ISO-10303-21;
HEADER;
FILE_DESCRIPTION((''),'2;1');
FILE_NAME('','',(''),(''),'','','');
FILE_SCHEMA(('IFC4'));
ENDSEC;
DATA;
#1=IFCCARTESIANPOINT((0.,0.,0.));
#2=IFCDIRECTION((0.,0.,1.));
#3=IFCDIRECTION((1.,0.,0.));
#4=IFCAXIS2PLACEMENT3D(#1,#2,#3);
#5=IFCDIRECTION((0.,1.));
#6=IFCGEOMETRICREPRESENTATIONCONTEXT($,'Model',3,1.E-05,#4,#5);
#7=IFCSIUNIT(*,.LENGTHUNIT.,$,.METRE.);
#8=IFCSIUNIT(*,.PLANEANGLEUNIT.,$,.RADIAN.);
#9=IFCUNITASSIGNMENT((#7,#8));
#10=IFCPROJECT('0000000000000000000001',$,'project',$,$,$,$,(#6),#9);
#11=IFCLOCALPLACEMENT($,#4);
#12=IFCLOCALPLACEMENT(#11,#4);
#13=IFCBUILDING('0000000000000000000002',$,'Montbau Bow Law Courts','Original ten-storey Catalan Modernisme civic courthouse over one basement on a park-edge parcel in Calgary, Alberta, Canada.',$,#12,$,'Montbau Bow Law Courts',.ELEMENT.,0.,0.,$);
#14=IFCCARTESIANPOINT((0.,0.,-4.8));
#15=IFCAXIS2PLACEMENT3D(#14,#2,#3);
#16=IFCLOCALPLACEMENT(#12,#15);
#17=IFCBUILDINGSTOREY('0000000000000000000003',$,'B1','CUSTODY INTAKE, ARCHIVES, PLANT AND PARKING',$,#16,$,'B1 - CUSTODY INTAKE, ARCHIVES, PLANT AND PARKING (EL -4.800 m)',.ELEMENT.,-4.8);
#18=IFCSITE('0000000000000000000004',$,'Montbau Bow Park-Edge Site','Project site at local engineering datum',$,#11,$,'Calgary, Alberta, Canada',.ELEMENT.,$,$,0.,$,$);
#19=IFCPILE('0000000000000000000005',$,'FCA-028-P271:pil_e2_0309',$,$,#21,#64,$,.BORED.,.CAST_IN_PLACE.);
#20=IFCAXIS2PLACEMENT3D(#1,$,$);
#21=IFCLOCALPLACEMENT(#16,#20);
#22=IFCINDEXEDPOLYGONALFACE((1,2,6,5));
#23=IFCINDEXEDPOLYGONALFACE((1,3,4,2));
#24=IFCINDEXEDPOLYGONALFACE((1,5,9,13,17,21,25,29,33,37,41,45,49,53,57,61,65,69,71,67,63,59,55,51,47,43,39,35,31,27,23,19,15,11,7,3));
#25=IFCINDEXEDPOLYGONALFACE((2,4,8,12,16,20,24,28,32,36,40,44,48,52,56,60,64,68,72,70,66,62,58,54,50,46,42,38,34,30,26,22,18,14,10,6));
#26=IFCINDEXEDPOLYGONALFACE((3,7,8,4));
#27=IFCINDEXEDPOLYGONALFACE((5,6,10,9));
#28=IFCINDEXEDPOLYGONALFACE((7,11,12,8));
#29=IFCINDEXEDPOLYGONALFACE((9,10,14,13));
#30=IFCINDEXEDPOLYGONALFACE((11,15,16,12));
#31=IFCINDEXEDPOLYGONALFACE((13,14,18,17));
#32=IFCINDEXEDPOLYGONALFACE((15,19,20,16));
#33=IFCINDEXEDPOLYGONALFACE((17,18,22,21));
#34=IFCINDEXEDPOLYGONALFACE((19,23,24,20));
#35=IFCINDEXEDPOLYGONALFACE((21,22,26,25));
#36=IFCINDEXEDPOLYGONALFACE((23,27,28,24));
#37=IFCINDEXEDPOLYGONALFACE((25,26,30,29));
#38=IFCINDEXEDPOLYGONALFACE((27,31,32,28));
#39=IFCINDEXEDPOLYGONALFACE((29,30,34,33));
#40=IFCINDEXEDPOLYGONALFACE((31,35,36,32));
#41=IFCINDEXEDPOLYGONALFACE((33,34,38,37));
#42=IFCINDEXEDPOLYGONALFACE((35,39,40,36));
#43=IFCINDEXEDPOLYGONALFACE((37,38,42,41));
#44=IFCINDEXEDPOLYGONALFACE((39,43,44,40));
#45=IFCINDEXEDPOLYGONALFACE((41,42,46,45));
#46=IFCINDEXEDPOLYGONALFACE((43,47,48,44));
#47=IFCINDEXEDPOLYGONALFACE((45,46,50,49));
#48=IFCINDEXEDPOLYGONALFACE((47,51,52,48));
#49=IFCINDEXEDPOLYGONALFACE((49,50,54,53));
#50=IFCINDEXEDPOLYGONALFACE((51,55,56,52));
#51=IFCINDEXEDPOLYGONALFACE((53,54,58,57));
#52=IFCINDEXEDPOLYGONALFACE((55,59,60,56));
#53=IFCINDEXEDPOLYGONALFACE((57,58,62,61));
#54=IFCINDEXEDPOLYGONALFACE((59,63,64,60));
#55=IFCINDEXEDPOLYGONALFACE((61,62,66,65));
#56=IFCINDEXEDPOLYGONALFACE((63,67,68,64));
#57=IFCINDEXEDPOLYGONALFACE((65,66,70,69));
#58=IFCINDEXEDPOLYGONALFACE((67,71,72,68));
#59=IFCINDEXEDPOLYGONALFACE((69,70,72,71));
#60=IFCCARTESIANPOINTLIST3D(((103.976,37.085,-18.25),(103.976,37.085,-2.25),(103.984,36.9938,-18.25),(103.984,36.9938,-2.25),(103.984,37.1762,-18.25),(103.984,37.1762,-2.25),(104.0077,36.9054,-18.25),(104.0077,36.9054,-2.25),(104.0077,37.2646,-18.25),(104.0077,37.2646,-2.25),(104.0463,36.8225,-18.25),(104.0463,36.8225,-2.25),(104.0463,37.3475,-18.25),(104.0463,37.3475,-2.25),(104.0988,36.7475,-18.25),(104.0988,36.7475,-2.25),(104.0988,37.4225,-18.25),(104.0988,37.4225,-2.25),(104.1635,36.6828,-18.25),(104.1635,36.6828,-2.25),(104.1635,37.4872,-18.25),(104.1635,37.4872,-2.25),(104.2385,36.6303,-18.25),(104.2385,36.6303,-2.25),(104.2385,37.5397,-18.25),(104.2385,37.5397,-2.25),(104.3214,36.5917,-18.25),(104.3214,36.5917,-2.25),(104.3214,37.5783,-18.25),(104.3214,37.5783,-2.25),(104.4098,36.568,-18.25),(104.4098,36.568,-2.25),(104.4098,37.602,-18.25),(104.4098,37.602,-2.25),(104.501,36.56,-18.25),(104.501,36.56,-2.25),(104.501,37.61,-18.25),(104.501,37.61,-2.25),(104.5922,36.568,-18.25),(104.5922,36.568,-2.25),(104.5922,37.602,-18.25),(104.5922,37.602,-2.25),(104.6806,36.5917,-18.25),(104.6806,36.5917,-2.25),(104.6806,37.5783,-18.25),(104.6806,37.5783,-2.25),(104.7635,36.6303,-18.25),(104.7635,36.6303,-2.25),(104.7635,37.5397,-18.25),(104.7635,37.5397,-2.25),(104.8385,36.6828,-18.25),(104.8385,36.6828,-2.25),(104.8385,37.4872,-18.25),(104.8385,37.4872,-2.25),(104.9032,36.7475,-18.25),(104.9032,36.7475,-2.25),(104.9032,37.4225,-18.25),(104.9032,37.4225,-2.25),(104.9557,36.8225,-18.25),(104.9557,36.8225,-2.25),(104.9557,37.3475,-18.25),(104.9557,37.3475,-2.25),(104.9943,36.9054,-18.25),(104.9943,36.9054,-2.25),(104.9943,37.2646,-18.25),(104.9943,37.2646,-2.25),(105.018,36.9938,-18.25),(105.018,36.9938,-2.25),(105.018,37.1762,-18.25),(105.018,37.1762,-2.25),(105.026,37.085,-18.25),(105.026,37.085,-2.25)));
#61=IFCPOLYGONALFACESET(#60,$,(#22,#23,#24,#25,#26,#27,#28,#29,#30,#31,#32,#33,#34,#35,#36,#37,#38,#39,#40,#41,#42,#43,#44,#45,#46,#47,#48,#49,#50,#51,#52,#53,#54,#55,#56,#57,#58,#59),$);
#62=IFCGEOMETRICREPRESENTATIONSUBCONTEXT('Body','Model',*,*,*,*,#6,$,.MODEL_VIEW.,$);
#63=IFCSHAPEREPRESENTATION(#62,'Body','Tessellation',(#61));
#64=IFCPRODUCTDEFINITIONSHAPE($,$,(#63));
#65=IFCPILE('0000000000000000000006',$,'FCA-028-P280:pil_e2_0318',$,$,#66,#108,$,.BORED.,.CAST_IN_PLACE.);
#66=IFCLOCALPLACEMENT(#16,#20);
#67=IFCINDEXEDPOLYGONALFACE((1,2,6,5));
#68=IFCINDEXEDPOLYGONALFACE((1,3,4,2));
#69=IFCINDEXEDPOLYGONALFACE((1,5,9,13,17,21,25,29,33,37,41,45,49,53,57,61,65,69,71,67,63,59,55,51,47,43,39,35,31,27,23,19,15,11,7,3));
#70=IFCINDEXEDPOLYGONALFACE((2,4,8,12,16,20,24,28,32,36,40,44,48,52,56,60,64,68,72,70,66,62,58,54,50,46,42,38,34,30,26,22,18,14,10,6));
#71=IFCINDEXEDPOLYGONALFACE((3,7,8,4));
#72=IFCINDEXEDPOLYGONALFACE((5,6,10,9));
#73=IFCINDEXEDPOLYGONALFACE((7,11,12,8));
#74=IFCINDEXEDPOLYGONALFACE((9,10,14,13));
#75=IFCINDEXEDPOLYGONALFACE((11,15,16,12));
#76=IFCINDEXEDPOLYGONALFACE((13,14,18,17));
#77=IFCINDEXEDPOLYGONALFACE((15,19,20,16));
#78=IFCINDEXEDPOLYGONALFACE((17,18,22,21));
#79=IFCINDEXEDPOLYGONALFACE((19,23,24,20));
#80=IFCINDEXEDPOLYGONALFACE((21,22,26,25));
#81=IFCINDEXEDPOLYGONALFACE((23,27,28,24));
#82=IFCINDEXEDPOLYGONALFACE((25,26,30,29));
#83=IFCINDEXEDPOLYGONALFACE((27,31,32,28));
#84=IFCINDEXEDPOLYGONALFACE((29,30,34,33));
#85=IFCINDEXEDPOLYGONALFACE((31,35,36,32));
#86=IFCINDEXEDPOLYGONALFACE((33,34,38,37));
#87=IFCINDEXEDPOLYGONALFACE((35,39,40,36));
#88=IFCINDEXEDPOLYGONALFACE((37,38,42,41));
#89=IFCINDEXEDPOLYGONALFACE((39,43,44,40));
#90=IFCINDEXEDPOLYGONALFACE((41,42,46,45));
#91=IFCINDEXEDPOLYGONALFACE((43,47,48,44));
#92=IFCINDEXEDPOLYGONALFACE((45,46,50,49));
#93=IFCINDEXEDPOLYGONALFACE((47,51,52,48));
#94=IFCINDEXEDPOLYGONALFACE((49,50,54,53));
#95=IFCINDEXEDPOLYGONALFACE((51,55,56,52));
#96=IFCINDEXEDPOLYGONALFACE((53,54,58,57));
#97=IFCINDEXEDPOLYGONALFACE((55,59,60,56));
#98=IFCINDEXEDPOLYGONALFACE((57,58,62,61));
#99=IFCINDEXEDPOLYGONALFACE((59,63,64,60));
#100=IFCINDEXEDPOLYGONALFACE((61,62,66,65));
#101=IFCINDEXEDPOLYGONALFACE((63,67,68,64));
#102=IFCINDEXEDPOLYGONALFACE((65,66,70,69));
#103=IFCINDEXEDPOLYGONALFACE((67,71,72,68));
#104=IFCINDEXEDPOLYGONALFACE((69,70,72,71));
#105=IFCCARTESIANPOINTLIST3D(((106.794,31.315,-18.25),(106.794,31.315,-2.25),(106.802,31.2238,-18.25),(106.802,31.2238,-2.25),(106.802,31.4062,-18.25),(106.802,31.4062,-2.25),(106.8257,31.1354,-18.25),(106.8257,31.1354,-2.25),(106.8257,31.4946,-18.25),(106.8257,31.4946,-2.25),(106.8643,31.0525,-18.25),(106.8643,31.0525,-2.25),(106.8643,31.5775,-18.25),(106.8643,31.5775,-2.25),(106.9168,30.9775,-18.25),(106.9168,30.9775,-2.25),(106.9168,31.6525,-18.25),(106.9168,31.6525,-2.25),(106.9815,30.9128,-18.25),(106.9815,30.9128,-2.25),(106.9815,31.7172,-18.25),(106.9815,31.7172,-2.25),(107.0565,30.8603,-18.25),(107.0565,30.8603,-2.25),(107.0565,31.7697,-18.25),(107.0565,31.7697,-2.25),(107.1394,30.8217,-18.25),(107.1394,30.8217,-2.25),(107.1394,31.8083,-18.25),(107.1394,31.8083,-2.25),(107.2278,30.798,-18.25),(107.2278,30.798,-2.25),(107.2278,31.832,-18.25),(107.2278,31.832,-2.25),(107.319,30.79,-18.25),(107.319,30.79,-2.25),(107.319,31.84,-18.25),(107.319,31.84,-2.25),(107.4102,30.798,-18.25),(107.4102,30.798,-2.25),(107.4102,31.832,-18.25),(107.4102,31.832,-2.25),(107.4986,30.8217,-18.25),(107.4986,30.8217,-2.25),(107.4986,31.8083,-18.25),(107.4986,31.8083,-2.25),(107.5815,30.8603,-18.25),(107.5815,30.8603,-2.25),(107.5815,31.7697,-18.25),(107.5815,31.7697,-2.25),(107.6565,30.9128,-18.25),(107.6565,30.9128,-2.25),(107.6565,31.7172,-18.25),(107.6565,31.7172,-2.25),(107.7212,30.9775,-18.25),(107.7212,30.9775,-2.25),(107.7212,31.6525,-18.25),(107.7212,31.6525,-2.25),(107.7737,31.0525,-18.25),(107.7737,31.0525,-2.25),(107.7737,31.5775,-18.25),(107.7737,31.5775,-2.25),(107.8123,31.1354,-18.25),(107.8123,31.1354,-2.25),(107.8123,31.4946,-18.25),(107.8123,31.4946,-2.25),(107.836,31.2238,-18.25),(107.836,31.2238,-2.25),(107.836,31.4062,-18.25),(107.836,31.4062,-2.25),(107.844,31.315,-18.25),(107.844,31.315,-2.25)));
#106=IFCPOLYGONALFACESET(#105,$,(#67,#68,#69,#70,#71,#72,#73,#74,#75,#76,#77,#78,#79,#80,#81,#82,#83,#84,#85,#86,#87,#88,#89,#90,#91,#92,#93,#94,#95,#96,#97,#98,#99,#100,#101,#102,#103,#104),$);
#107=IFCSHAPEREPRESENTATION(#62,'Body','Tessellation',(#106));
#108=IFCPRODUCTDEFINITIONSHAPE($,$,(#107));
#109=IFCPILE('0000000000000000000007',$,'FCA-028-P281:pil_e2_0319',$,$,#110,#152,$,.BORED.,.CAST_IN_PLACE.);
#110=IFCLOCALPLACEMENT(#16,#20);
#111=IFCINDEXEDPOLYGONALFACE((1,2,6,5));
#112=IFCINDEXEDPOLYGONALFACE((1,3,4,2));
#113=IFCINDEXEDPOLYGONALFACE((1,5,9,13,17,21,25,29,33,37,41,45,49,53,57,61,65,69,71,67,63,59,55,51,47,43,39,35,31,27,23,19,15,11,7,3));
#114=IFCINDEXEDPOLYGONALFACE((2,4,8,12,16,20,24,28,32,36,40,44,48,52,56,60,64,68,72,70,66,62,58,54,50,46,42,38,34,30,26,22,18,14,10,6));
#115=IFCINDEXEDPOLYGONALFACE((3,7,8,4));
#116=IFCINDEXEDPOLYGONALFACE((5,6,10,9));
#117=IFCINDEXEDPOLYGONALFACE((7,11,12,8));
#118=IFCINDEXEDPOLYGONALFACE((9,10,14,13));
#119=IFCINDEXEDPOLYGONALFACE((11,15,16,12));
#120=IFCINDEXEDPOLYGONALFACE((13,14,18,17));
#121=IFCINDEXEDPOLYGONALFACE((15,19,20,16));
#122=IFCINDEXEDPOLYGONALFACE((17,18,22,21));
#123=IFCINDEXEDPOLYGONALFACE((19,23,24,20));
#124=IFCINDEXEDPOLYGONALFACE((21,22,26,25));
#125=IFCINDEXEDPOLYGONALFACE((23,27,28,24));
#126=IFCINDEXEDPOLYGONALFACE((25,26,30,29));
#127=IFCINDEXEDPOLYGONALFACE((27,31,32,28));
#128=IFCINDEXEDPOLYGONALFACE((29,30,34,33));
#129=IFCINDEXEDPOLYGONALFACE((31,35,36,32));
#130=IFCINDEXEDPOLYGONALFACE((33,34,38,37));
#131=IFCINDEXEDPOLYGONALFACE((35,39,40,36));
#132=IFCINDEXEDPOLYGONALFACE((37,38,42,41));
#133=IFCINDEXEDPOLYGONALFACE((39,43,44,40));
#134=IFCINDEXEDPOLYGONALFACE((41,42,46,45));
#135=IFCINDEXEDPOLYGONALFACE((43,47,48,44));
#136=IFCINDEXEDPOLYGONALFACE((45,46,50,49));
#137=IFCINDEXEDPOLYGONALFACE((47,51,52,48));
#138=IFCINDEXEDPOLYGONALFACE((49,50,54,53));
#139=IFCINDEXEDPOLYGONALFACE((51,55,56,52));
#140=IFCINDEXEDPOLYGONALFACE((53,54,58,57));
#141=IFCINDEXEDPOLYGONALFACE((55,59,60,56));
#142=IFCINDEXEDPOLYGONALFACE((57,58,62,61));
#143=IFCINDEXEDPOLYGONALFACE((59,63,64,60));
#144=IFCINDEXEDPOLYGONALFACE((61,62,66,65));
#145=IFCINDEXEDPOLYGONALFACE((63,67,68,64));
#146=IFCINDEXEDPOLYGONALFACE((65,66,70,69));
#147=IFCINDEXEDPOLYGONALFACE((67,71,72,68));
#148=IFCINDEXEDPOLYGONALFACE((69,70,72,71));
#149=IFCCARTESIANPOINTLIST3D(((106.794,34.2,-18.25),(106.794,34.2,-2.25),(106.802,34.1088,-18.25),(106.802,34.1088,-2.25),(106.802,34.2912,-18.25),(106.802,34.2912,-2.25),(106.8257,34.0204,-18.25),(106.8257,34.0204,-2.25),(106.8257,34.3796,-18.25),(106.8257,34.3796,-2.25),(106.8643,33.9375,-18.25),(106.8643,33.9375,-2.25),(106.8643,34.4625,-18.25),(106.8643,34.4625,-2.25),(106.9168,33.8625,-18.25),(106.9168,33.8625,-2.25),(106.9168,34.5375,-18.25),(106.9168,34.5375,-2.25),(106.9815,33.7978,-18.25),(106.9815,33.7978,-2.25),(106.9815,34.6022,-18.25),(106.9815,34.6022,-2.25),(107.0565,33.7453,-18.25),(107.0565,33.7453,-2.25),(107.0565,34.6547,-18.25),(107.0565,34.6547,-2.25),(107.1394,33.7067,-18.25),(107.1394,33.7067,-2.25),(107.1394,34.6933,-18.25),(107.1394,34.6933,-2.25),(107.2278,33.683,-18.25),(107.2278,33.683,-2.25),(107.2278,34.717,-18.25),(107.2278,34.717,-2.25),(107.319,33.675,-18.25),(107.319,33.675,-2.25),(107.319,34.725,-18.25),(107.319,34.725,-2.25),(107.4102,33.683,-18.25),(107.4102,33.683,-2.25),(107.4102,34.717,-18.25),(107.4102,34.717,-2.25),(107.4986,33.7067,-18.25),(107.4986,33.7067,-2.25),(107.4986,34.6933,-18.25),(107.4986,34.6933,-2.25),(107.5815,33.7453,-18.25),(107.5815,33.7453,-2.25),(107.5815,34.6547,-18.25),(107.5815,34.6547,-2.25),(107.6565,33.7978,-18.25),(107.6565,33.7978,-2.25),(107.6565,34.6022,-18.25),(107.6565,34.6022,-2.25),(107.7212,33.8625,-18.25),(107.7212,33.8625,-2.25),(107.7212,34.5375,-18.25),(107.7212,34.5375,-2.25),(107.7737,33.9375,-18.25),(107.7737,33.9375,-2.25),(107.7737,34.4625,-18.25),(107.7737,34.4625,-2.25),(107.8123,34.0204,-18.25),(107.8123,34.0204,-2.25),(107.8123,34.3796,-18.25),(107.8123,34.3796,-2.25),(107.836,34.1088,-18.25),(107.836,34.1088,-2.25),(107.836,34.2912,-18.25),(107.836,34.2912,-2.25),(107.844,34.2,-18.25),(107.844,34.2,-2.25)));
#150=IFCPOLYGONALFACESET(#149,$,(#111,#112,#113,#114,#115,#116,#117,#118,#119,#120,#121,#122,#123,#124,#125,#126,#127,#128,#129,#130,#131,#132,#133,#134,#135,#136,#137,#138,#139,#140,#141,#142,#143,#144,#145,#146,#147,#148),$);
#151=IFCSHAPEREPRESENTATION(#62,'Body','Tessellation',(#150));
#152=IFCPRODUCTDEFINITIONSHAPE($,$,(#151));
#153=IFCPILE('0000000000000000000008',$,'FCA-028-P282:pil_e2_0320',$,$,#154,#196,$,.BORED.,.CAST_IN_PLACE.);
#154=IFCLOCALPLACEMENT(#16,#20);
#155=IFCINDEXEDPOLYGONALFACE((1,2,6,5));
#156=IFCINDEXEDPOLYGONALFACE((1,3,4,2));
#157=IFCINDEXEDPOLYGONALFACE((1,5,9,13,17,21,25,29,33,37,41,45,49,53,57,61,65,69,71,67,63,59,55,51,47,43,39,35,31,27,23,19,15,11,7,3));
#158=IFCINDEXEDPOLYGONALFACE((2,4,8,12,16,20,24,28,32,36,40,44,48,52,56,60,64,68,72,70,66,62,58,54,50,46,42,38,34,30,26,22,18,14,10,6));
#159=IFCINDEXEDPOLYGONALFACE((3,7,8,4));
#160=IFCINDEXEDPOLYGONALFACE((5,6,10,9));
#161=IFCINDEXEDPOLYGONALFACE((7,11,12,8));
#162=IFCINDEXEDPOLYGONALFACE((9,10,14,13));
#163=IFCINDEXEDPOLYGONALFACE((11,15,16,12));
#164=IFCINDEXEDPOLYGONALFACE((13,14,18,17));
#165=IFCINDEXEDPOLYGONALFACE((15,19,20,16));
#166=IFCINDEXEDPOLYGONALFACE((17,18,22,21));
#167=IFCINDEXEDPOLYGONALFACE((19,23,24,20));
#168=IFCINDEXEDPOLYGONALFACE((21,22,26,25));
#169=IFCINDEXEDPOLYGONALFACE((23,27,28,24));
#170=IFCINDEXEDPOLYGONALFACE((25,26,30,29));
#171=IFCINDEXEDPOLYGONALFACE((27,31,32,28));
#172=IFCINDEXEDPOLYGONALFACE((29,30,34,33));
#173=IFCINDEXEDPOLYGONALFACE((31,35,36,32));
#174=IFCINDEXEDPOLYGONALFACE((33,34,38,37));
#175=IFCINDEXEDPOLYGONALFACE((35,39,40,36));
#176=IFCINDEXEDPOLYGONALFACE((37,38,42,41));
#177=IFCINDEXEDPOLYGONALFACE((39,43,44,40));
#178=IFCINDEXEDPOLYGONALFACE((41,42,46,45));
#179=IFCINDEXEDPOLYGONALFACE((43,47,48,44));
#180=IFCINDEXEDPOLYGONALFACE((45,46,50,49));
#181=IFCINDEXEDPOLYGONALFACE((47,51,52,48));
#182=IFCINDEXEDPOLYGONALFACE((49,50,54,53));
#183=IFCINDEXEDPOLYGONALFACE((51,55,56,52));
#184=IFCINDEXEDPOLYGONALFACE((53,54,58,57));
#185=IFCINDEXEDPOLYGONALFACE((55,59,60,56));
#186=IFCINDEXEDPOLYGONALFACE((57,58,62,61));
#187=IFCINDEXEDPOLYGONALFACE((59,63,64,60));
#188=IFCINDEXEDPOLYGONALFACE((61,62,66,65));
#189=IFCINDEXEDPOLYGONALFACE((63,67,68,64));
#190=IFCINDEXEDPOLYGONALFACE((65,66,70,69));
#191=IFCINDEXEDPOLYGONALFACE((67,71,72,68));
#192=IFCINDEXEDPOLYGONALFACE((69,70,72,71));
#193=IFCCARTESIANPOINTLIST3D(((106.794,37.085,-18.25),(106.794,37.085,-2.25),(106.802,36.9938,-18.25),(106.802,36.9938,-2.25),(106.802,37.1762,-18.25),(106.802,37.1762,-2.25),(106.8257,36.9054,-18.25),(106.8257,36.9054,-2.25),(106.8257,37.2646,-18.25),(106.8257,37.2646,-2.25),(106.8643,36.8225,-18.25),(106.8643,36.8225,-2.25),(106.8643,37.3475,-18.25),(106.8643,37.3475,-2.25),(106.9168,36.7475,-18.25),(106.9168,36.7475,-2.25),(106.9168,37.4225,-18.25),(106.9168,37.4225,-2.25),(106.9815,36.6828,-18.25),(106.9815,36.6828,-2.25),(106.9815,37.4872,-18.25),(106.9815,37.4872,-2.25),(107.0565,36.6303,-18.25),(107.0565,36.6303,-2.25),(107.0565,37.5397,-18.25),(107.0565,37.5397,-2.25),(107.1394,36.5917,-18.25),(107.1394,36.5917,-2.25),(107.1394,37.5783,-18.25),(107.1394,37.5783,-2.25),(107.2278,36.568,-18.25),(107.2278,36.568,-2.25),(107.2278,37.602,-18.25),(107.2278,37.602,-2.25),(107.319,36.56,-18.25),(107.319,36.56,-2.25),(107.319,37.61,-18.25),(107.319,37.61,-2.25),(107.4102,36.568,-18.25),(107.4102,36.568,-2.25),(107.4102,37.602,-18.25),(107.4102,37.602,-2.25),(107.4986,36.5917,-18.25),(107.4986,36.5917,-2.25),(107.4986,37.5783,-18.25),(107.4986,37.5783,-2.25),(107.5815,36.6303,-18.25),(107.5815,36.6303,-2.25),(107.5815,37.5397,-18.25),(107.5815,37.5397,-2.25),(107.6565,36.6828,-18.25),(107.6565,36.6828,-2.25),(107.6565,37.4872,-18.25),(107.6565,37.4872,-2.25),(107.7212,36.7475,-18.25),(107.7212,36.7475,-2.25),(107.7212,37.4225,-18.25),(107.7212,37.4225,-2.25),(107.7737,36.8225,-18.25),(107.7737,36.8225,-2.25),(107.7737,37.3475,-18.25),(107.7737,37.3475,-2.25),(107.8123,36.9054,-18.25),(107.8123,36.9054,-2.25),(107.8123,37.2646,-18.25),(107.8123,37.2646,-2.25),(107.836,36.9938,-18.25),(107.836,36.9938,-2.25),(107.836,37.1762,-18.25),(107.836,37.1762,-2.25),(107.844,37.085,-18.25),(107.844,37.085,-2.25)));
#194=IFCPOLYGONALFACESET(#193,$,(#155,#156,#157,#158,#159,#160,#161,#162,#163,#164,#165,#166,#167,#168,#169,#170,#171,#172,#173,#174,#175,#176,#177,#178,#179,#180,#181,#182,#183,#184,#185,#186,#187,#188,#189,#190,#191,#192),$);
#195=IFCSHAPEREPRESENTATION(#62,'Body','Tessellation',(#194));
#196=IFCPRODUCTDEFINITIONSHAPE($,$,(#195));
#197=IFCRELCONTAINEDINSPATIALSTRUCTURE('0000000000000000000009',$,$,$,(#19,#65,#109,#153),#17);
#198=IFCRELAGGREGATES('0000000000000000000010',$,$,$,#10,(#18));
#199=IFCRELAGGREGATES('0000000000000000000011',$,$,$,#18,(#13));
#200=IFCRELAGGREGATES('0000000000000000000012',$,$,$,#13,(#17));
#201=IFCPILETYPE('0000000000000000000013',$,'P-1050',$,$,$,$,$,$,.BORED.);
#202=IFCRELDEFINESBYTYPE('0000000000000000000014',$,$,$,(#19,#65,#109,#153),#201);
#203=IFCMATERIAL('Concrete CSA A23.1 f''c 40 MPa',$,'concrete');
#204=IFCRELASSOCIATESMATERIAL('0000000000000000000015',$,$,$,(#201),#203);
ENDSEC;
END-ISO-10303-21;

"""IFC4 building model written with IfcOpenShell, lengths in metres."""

from ifc_helpers import new_model, si_unit, direction, frame, origin_with_axes, origin_2d_with_axis, place, context, subcontext, project, spatial, circle, extrude, material, material_profile, profile_set, type_object, element, save


model = new_model("IFC4")

# Units and contexts
model_context = context("Model", 3, precision=1e-05, world=origin_with_axes(), true_north=direction((0.0, 1.0)))
body_context = subcontext(model_context, "Body", "Model", "MODEL_VIEW")
ifc_project = project(units=[si_unit("LENGTHUNIT", "METRE"), si_unit("PLANEANGLEUNIT", "RADIAN")], contexts=[model_context])

# Site, building, storey
site_placement = place(None, origin_with_axes())
site = spatial("IfcSite", under=ifc_project, at=site_placement, Name="Montbau Bow Park-Edge Site", Description="Project site at local engineering datum", LongName="Calgary, Alberta, Canada", CompositionType="ELEMENT", RefElevation=0.0)
building_placement = place(site_placement, origin_with_axes())
building = spatial("IfcBuilding", under=site, at=building_placement, Name="Montbau Bow Law Courts", Description="Original ten-storey Catalan Modernisme civic courthouse over one basement on a park-edge parcel in Calgary, Alberta, Canada.", LongName="Montbau Bow Law Courts", CompositionType="ELEMENT", ElevationOfRefHeight=0.0, ElevationOfTerrain=0.0)
storey_placement = place(building_placement, frame((0.0, 0.0, -4.8), z_axis=(0.0, 0.0, 1.0), x_axis=(1.0, 0.0, 0.0)))
storey = spatial("IfcBuildingStorey", under=building, at=storey_placement, Name="B1", Description="CUSTODY INTAKE, ARCHIVES, PLANT AND PARKING", LongName="B1 - CUSTODY INTAKE, ARCHIVES, PLANT AND PARKING (EL -4.800 m)", CompositionType="ELEMENT", Elevation=-4.8)

# Piles
ifc_material_1 = material(Name="Concrete CSA A23.1 f'c 40 MPa", Category="concrete")
ifc_material_profile_1 = material_profile(ifc_material_1, circle(Radius=0.525, at=origin_2d_with_axis()), Name="BP1050", Category="Main", Priority=0)
ifc_profile_set_1 = profile_set([ifc_material_profile_1], Name="Concrete CSA A23.1 f'c 40 MPa")
pile_type = type_object("IfcPileType", Name="P-1050", PredefinedType="BORED", material=ifc_profile_set_1)
for number, where, z_axis, x_axis, name in (
    (1, (104.501, 37.085, -23.05), (0.0, 0.0, 1.0), (1.0, 0.0, 0.0), "FCA-028-P271:pil_e2_0309"),
    (2, (107.319, 31.315, -23.05), (0.0, 0.0, 1.0), (1.0, 0.0, 0.0), "FCA-028-P280:pil_e2_0318"),
    (3, (107.319, 34.2, -23.05), (0.0, 0.0, 1.0), (1.0, 0.0, 0.0), "FCA-028-P281:pil_e2_0319"),
    (4, (107.319, 37.085, -23.05), (0.0, 0.0, 1.0), (1.0, 0.0, 0.0), "FCA-028-P282:pil_e2_0320"),
):
    element("IfcPile", number, at=place(None, frame(where, z_axis=z_axis, x_axis=x_axis)), inside=storey, type_object=pile_type, Name=name, ConstructionType="CAST_IN_PLACE", PredefinedType="BORED", context=body_context, shape_type="SweptSolid", body=[
        extrude(circle(Radius=0.525, at=origin_2d_with_axis()), origin_with_axes(), (0.0, 0.0, 1.0), 16.0),
    ])

save(model, "model.ifc")
